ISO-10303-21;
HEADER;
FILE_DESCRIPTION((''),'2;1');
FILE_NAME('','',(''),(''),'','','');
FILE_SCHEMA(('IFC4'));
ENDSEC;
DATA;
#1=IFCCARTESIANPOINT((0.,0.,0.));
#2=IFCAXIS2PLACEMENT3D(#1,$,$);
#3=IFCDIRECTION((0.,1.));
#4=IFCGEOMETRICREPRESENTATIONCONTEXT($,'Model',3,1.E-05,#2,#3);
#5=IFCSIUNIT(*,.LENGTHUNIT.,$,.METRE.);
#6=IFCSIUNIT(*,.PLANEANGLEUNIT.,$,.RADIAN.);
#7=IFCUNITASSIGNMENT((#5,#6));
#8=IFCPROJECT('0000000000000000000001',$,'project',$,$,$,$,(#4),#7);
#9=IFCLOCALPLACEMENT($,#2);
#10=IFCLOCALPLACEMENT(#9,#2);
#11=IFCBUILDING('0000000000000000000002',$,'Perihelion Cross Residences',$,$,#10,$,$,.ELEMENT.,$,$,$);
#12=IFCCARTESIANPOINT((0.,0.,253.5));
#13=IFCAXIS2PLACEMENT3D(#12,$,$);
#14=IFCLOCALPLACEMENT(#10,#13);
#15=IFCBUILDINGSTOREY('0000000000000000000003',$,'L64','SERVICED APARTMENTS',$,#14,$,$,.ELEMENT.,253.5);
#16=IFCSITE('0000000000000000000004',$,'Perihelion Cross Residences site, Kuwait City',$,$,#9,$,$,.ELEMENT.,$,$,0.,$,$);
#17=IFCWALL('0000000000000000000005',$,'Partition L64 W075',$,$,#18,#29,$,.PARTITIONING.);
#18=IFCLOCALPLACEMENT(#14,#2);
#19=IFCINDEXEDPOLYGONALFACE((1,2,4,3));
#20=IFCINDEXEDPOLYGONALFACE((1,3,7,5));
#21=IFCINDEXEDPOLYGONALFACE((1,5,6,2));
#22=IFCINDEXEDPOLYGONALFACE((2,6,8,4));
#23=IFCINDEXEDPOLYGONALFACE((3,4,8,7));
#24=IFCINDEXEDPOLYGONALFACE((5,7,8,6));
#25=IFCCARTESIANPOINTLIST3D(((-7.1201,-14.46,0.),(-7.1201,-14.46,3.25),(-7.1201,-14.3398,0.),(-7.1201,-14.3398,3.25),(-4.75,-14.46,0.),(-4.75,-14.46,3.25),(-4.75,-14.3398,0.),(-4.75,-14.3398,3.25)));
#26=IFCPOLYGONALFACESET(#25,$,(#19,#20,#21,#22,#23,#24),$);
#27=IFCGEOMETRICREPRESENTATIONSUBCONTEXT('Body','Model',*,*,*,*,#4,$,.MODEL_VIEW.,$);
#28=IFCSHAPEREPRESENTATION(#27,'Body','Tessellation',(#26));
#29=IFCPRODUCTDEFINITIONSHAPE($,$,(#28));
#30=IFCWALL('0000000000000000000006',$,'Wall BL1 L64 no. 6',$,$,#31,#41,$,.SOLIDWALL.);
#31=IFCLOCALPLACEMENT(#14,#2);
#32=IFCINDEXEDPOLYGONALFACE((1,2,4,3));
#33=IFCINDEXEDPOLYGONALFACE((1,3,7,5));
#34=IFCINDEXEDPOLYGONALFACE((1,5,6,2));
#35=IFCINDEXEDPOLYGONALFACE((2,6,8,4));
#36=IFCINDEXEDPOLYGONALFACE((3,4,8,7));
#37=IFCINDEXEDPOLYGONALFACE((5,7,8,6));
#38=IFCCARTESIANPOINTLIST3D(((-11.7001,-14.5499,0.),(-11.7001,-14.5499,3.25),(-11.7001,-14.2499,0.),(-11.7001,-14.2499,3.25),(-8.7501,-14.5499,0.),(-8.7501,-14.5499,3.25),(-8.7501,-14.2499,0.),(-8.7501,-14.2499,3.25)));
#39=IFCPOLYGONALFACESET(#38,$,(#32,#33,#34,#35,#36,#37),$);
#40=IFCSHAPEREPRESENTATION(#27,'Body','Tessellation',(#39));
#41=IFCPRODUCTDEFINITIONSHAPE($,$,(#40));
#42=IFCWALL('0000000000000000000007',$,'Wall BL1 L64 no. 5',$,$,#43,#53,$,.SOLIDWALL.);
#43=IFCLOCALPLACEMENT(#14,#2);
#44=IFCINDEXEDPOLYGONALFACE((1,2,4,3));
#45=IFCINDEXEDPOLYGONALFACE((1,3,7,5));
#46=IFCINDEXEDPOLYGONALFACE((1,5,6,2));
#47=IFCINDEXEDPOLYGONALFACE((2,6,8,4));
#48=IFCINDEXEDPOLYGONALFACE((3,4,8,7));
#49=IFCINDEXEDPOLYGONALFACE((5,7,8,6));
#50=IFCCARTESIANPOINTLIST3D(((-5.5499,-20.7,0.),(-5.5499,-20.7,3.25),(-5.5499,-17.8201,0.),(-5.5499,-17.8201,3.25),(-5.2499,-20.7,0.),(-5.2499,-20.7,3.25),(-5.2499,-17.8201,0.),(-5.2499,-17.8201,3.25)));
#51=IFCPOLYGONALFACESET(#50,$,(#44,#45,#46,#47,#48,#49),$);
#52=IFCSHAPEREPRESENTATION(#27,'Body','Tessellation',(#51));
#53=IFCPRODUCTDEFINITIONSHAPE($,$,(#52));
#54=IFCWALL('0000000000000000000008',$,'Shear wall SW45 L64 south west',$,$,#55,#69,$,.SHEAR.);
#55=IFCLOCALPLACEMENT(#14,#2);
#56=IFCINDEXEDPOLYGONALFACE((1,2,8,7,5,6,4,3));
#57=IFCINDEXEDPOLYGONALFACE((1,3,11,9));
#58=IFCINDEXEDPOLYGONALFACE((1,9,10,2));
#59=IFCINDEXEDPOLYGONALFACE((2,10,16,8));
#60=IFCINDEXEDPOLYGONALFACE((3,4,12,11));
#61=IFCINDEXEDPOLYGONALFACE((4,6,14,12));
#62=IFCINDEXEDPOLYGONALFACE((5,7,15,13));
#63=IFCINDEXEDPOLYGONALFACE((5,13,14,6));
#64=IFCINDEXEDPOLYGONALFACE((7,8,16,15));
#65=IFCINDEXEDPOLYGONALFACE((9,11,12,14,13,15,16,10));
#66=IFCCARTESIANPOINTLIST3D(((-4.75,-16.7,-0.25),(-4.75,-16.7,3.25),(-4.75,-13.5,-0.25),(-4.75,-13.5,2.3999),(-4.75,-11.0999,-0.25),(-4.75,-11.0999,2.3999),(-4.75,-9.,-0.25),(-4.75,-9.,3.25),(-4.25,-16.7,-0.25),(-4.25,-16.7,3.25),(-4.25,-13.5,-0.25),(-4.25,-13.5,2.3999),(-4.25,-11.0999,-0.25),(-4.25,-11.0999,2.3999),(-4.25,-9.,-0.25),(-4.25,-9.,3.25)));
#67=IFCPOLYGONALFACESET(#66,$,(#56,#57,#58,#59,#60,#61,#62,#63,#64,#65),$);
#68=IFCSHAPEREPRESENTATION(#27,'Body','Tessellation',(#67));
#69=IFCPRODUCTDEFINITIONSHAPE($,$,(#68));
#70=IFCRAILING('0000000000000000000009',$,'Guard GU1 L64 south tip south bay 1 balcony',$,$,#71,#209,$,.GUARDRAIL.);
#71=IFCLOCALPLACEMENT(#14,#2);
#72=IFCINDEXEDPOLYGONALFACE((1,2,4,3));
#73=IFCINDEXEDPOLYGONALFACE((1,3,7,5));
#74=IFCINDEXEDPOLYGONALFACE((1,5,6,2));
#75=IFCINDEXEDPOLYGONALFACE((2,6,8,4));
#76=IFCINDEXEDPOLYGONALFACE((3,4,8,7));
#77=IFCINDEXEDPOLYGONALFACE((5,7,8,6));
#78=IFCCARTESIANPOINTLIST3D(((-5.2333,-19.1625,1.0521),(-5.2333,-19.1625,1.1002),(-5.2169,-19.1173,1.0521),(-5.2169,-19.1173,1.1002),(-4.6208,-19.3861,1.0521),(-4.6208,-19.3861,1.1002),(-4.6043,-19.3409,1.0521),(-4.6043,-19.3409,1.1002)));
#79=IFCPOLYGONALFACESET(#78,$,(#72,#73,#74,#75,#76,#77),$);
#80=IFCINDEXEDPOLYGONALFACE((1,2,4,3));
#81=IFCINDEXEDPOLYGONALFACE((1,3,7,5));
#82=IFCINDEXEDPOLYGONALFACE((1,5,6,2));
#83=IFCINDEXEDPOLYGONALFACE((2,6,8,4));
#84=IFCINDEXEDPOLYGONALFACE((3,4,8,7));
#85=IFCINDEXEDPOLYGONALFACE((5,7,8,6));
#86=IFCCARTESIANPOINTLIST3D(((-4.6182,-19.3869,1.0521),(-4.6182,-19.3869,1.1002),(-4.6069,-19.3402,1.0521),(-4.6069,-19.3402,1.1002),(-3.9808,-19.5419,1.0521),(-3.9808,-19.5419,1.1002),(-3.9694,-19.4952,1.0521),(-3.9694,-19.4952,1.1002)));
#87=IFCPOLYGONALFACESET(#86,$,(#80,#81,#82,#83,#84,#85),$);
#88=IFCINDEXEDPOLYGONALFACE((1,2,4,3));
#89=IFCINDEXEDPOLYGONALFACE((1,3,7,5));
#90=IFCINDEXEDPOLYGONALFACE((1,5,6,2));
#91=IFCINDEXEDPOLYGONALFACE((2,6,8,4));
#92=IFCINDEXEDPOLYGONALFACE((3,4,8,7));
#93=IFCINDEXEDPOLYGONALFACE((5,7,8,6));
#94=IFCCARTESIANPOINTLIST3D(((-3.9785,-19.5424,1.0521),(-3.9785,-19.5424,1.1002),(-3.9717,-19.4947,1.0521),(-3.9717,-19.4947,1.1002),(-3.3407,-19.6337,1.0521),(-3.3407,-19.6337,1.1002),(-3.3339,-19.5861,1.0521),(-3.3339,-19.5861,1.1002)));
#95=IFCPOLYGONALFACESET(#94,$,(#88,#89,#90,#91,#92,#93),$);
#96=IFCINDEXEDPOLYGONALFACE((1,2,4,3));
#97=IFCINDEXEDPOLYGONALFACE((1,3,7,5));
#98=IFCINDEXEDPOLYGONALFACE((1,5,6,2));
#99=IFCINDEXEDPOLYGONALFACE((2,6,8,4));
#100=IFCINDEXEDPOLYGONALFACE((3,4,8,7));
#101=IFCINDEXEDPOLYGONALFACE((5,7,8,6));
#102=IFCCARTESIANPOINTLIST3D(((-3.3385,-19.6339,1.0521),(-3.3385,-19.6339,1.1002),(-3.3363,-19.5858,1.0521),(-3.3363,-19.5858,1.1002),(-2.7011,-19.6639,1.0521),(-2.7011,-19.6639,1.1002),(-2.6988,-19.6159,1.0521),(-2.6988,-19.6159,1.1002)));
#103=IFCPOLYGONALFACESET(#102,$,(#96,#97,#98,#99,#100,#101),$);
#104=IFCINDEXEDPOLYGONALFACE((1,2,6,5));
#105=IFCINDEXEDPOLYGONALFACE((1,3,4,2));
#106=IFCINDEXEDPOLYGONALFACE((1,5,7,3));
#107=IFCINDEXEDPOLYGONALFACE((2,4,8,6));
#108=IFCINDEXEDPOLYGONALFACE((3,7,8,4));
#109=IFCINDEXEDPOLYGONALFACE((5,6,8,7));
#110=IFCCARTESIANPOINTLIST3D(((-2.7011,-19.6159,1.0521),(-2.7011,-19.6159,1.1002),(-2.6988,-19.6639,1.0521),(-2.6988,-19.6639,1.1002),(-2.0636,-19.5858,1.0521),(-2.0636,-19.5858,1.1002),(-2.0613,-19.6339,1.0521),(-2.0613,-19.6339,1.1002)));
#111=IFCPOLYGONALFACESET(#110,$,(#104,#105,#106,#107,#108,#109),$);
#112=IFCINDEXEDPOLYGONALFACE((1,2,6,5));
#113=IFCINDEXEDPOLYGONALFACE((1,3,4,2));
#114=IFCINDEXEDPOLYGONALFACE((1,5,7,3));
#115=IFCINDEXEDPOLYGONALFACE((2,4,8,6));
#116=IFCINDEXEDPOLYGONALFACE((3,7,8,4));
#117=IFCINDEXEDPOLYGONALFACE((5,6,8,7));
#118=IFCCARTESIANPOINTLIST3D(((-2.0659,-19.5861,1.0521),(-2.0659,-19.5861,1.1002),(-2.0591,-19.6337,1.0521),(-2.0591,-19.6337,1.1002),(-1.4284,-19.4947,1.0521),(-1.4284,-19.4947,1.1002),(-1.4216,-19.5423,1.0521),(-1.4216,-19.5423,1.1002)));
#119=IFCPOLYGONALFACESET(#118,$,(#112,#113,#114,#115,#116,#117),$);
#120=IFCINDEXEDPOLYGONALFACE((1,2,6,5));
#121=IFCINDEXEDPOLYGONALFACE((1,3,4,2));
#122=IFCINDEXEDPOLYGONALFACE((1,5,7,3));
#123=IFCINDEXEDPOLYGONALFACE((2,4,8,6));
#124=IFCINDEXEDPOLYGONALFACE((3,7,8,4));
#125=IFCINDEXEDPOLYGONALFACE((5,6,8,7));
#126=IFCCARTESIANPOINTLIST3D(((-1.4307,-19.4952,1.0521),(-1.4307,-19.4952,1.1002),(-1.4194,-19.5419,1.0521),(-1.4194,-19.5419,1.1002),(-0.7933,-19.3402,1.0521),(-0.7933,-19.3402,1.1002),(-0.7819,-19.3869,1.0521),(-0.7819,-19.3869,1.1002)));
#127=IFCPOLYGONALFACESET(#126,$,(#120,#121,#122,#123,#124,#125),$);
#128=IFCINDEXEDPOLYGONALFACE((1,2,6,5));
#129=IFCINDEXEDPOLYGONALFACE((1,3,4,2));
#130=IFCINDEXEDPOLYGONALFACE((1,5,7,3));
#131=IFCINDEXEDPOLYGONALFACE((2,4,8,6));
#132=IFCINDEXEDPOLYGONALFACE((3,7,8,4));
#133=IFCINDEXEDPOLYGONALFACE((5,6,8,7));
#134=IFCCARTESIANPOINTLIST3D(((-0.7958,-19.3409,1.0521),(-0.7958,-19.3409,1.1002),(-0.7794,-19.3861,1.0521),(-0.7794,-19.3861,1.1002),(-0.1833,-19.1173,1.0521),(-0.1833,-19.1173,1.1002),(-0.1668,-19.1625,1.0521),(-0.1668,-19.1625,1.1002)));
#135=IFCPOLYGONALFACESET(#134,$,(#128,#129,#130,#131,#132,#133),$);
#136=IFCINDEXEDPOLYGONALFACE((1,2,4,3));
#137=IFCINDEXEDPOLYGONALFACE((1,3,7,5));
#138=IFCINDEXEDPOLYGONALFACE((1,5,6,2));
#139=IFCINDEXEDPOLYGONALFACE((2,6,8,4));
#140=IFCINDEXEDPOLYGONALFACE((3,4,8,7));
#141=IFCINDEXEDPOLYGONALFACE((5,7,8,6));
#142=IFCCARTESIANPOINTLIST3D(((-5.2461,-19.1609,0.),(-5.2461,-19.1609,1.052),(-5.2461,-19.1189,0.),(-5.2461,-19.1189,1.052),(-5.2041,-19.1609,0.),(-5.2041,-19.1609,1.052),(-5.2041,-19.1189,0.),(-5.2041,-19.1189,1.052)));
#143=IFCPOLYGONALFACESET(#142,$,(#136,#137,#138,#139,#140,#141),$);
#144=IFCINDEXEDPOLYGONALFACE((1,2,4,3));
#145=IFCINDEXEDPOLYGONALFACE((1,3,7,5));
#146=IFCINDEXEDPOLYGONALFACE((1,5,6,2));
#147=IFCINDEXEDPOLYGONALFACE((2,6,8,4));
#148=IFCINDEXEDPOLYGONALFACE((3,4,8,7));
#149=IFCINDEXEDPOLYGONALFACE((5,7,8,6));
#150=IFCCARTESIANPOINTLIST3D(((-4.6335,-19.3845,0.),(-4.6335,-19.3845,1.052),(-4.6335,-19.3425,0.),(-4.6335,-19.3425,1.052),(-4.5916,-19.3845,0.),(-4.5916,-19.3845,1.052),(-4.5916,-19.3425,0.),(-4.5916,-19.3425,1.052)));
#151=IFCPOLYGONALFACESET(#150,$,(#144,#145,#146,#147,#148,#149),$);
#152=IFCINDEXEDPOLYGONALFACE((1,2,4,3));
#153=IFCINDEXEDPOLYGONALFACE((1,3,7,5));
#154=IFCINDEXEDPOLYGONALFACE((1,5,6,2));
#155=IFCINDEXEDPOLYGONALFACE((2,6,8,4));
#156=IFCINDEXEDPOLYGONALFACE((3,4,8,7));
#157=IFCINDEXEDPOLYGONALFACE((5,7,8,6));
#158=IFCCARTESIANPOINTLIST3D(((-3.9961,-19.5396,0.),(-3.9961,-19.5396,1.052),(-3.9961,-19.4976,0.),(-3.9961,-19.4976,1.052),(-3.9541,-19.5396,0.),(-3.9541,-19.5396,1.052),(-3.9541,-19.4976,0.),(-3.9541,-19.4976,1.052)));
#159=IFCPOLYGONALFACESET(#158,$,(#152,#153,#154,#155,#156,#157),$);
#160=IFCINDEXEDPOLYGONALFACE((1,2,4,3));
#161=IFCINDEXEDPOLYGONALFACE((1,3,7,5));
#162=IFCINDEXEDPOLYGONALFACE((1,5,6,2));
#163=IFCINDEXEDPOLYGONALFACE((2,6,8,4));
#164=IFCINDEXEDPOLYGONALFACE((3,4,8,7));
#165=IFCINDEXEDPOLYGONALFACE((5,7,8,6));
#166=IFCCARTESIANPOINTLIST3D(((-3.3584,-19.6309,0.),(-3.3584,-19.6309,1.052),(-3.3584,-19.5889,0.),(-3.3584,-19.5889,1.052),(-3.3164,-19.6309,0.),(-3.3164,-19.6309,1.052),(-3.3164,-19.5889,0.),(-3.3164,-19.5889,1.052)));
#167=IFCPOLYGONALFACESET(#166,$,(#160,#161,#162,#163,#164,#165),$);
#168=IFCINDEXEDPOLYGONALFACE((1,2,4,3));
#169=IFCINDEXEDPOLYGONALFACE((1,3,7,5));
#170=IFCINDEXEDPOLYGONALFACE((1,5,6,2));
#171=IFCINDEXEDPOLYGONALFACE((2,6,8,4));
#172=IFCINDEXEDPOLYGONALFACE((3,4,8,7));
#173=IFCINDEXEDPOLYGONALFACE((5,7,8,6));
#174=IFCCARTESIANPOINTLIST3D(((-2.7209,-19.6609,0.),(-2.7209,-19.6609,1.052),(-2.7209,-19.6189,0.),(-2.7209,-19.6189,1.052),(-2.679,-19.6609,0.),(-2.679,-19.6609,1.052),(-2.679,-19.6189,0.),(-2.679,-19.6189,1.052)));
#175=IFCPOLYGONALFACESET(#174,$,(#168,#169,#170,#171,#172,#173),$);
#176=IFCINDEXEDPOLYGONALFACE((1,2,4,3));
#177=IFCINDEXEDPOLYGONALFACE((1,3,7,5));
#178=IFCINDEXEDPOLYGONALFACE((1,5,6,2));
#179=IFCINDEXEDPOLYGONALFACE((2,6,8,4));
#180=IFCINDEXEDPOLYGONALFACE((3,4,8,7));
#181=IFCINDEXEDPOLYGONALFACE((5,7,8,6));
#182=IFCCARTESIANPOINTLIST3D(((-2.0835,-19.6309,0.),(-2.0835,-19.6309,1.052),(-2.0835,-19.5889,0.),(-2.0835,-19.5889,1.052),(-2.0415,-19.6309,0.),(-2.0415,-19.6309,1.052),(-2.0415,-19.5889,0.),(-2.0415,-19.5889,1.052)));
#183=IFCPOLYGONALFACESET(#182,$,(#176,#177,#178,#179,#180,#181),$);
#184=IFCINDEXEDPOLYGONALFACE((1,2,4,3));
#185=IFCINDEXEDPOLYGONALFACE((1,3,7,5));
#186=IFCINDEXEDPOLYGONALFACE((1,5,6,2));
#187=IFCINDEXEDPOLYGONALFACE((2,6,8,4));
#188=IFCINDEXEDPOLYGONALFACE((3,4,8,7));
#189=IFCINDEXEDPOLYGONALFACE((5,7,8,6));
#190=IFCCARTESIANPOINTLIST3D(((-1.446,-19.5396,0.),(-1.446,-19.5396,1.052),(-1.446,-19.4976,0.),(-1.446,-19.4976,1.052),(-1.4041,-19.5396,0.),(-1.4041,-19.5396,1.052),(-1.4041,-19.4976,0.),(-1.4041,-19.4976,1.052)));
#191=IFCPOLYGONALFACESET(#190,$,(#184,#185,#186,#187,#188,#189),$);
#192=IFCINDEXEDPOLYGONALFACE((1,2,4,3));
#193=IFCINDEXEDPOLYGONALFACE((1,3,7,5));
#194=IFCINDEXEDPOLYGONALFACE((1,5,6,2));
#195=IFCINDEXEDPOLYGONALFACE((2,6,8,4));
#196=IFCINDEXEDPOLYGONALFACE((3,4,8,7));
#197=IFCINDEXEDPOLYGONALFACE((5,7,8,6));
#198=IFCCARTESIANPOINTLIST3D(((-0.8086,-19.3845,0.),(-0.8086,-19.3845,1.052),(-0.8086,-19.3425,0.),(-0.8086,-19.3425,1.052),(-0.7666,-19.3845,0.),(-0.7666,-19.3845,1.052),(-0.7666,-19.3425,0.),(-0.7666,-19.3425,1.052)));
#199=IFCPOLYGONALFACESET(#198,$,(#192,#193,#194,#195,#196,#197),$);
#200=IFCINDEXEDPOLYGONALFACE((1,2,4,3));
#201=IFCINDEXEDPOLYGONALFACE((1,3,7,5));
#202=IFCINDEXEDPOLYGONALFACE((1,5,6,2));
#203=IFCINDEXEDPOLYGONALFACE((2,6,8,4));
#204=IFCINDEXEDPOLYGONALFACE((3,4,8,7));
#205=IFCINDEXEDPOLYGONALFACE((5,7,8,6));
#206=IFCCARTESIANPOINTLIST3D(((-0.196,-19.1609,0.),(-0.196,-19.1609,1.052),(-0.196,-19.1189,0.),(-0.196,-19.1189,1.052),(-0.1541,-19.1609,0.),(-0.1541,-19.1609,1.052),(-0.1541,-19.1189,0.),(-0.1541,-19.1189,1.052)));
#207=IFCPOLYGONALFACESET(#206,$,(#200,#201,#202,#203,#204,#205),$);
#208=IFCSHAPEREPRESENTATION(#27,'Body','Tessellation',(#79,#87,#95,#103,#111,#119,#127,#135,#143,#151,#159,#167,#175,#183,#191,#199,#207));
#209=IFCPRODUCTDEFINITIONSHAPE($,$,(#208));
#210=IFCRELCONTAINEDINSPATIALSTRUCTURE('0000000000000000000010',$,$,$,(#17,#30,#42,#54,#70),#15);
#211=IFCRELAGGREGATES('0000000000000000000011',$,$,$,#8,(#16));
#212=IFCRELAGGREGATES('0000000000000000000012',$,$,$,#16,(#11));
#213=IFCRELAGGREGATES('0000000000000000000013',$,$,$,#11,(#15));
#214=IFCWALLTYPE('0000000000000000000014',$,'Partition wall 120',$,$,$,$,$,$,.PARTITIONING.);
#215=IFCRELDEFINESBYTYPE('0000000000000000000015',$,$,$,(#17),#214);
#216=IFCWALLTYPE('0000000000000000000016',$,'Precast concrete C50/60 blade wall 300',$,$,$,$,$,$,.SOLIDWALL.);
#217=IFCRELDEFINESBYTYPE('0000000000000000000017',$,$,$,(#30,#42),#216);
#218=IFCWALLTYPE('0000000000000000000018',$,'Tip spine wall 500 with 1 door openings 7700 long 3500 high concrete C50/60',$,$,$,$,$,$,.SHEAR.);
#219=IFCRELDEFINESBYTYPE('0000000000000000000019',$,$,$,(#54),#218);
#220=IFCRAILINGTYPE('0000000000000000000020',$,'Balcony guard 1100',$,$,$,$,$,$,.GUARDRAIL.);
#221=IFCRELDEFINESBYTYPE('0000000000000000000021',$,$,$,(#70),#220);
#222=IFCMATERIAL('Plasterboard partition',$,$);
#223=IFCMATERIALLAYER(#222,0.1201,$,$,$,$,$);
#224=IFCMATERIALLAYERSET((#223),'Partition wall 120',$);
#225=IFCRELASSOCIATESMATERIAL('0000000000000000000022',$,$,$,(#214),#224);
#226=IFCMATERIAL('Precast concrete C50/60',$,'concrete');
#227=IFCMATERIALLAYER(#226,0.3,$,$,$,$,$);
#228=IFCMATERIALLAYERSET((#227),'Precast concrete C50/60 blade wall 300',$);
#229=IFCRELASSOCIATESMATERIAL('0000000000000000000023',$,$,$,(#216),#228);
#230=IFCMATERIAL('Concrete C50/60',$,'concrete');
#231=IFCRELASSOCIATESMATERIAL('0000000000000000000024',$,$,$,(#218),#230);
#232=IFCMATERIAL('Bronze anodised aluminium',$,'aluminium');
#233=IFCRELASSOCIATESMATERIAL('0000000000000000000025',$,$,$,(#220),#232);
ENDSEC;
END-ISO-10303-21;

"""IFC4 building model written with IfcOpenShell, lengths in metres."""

from ifc_helpers import new_model, si_unit, direction, frame, frame_2d, origin, origin_2d, place, context, subcontext, project, spatial, polyline, rectangle, outline, extrude, material, layer, layer_set, material_profile, profile_set, type_object, element, save


model = new_model("IFC4")

# Units and contexts
model_context = context("Model", 3, precision=1e-05, world=origin(), true_north=direction((0.0, 1.0)))
body_context = subcontext(model_context, "Body", "Model", "MODEL_VIEW")
ifc_project = project(units=[si_unit("LENGTHUNIT", "METRE"), si_unit("PLANEANGLEUNIT", "RADIAN")], contexts=[model_context])

# Site, building, storey
site_placement = place(None, origin())
site = spatial("IfcSite", under=ifc_project, at=site_placement, Name="Perihelion Cross Residences site, Kuwait City", CompositionType="ELEMENT", RefElevation=0.0)
building_placement = place(site_placement, origin())
building = spatial("IfcBuilding", under=site, at=building_placement, Name="Perihelion Cross Residences", CompositionType="ELEMENT")
storey_placement = place(building_placement, frame((0.0, 0.0, 253.5)))
storey = spatial("IfcBuildingStorey", under=building, at=storey_placement, Name="L64", Description="SERVICED APARTMENTS", CompositionType="ELEMENT", Elevation=253.5)

# Walls
ifc_material_1 = material(Name="Plasterboard partition")
ifc_layer_1 = layer(ifc_material_1, 0.1201)
ifc_layer_set_1 = layer_set([ifc_layer_1], Name="Partition wall 120")
wall_type_1 = type_object("IfcWallType", Name="Partition wall 120", PredefinedType="PARTITIONING", material=ifc_layer_set_1)
wall_1_placement = place(storey_placement, frame((-4.75, -14.3999, 0.0), z_axis=(0.0, 0.0, 1.0), x_axis=(-1.0, 0.0, 0.0)))
element("IfcWall", 1, at=wall_1_placement, inside=storey, type_object=wall_type_1, Name="Partition L64 W075", PredefinedType="PARTITIONING", context=body_context, shape_type="SweptSolid", body=[
    extrude(rectangle(XDim=2.3701, YDim=0.1201, at=frame_2d((1.1851, 0.0))), origin(), (0.0, 0.0, 1.0), 3.25),
])
ifc_material_2 = material(Name="Precast concrete C50/60", Category="concrete")
ifc_layer_2 = layer(ifc_material_2, 0.3)
ifc_layer_set_2 = layer_set([ifc_layer_2], Name="Precast concrete C50/60 blade wall 300")
wall_type_2 = type_object("IfcWallType", Name="Precast concrete C50/60 blade wall 300", PredefinedType="SOLIDWALL", material=ifc_layer_set_2)
wall_2_placement = place(storey_placement, frame((-8.75, -14.3999, 0.0), z_axis=(0.0, 0.0, 1.0), x_axis=(-1.0, 0.0, 0.0)))
element("IfcWall", 2, at=wall_2_placement, inside=storey, type_object=wall_type_2, Name="Wall BL1 L64 no. 6", PredefinedType="SOLIDWALL", context=body_context, shape_type="SweptSolid", body=[
    extrude(rectangle(XDim=2.95, YDim=0.3, at=frame_2d((1.4751, 0.0))), origin(), (0.0, 0.0, 1.0), 3.25),
])
wall_3_placement = place(storey_placement, frame((-5.3999, -17.8201, 0.0), z_axis=(0.0, 0.0, 1.0), x_axis=(0.0, -1.0, 0.0)))
element("IfcWall", 3, at=wall_3_placement, inside=storey, type_object=wall_type_2, Name="Wall BL1 L64 no. 5", PredefinedType="SOLIDWALL", context=body_context, shape_type="SweptSolid", body=[
    extrude(rectangle(XDim=2.8799, YDim=0.3, at=frame_2d((1.4399, 0.0))), origin(), (0.0, 0.0, 1.0), 3.25),
])
ifc_material_3 = material(Name="Concrete C50/60", Category="concrete")
ifc_material_profile_1 = material_profile(ifc_material_3, outline(polyline([(0.0, 0.0), (3.2, 0.0), (3.2, 2.6499), (5.6001, 2.6499), (5.6001, 0.0), (7.7, 0.0), (7.7, 3.5), (0.0, 3.5), (0.0, 0.0)])), Name="Tip spine wall")
ifc_profile_set_1 = profile_set([ifc_material_profile_1], Name="Concrete C50/60")
wall_type_3 = type_object("IfcWallType", Name="Tip spine wall 500 with 1 door openings 7700 long 3500 high concrete C50/60", PredefinedType="SHEAR", material=ifc_profile_set_1)
wall_4_placement = place(storey_placement, frame((-4.75, -16.7, -0.25), z_axis=(1.0, 0.0, 0.0), x_axis=(0.0, 1.0, 0.0)))
element("IfcWall", 4, at=wall_4_placement, inside=storey, type_object=wall_type_3, Name="Shear wall SW45 L64 south west", PredefinedType="SHEAR", context=body_context, shape_type="SweptSolid", body=[
    extrude(outline(polyline([(0.0, 0.0), (3.2, 0.0), (3.2, 2.6499), (5.6001, 2.6499), (5.6001, 0.0), (7.7, 0.0), (7.7, 3.5), (0.0, 3.5), (0.0, 0.0)])), origin(), (0.0, 0.0, 1.0), 0.5),
])

# Railing
ifc_material_4 = material(Name="Bronze anodised aluminium", Category="aluminium")
railing_type = type_object("IfcRailingType", Name="Balcony guard 1100", PredefinedType="GUARDRAIL", material=ifc_material_4)
railing_1_placement = place(storey_placement, frame((-5.2251, -19.1399, 0.0)))
element("IfcRailing", 5, at=railing_1_placement, inside=storey, type_object=railing_type, Name="Guard GU1 L64 south tip south bay 1 balcony", PredefinedType="GUARDRAIL", context=body_context, shape_type="SweptSolid", body=[
    extrude(rectangle(XDim=0.0481, YDim=0.0481, at=origin_2d()), frame((0.0, 0.0, 1.0762), z_axis=(0.939355, -0.342945, 0.0), x_axis=(0.342945, 0.939355, 0.0)), (0.0, 0.0, 1.0), 0.6521),
    extrude(rectangle(XDim=0.0481, YDim=0.0481, at=origin_2d()), frame((0.6125, -0.2236, 1.0762), z_axis=(0.971677, -0.236314, 0.0), x_axis=(0.236314, 0.971677, 0.0)), (0.0, 0.0, 1.0), 0.656),
    extrude(rectangle(XDim=0.0481, YDim=0.0481, at=origin_2d()), frame((1.25, -0.3787, 1.0762), z_axis=(0.989904, -0.14174, 0.0), x_axis=(0.14174, 0.989904, 0.0)), (0.0, 0.0, 1.0), 0.6443),
    extrude(rectangle(XDim=0.0481, YDim=0.0481, at=origin_2d()), frame((1.8877, -0.47, 1.0762), z_axis=(0.998892, -0.047056, 0.0), x_axis=(0.047056, 0.998892, 0.0)), (0.0, 0.0, 1.0), 0.6382),
    extrude(rectangle(XDim=0.0481, YDim=0.0481, at=origin_2d()), frame((2.5251, -0.5, 1.0762), z_axis=(0.998892, 0.047056, 0.0), x_axis=(-0.047056, 0.998892, 0.0)), (0.0, 0.0, 1.0), 0.6382),
    extrude(rectangle(XDim=0.0481, YDim=0.0481, at=origin_2d()), frame((3.1626, -0.47, 1.0762), z_axis=(0.989896, 0.141793, 0.0), x_axis=(-0.141793, 0.989896, 0.0)), (0.0, 0.0, 1.0), 0.644),
    extrude(rectangle(XDim=0.0481, YDim=0.0481, at=origin_2d()), frame((3.8, -0.3787, 1.0762), z_axis=(0.971677, 0.236314, 0.0), x_axis=(-0.236314, 0.971677, 0.0)), (0.0, 0.0, 1.0), 0.656),
    extrude(rectangle(XDim=0.0481, YDim=0.0481, at=origin_2d()), frame((4.4375, -0.2236, 1.0762), z_axis=(0.939355, 0.342945, 0.0), x_axis=(-0.342945, 0.939355, 0.0)), (0.0, 0.0, 1.0), 0.6521),
    extrude(rectangle(XDim=0.042, YDim=0.042, at=origin_2d()), origin(), (0.0, 0.0, 1.0), 1.052),
    extrude(rectangle(XDim=0.042, YDim=0.042, at=origin_2d()), frame((0.6125, -0.2236, 0.0)), (0.0, 0.0, 1.0), 1.052),
    extrude(rectangle(XDim=0.042, YDim=0.042, at=origin_2d()), frame((1.25, -0.3787, 0.0)), (0.0, 0.0, 1.0), 1.052),
    extrude(rectangle(XDim=0.042, YDim=0.042, at=origin_2d()), frame((1.8877, -0.47, 0.0)), (0.0, 0.0, 1.0), 1.052),
    extrude(rectangle(XDim=0.042, YDim=0.042, at=origin_2d()), frame((2.5251, -0.5, 0.0)), (0.0, 0.0, 1.0), 1.052),
    extrude(rectangle(XDim=0.042, YDim=0.042, at=origin_2d()), frame((3.1626, -0.47, 0.0)), (0.0, 0.0, 1.0), 1.052),
    extrude(rectangle(XDim=0.042, YDim=0.042, at=origin_2d()), frame((3.8, -0.3787, 0.0)), (0.0, 0.0, 1.0), 1.052),
    extrude(rectangle(XDim=0.042, YDim=0.042, at=origin_2d()), frame((4.4375, -0.2236, 0.0)), (0.0, 0.0, 1.0), 1.052),
    extrude(rectangle(XDim=0.042, YDim=0.042, at=origin_2d()), frame((5.05, 0.0, 0.0)), (0.0, 0.0, 1.0), 1.052),
])

save(model, "model.ifc")
